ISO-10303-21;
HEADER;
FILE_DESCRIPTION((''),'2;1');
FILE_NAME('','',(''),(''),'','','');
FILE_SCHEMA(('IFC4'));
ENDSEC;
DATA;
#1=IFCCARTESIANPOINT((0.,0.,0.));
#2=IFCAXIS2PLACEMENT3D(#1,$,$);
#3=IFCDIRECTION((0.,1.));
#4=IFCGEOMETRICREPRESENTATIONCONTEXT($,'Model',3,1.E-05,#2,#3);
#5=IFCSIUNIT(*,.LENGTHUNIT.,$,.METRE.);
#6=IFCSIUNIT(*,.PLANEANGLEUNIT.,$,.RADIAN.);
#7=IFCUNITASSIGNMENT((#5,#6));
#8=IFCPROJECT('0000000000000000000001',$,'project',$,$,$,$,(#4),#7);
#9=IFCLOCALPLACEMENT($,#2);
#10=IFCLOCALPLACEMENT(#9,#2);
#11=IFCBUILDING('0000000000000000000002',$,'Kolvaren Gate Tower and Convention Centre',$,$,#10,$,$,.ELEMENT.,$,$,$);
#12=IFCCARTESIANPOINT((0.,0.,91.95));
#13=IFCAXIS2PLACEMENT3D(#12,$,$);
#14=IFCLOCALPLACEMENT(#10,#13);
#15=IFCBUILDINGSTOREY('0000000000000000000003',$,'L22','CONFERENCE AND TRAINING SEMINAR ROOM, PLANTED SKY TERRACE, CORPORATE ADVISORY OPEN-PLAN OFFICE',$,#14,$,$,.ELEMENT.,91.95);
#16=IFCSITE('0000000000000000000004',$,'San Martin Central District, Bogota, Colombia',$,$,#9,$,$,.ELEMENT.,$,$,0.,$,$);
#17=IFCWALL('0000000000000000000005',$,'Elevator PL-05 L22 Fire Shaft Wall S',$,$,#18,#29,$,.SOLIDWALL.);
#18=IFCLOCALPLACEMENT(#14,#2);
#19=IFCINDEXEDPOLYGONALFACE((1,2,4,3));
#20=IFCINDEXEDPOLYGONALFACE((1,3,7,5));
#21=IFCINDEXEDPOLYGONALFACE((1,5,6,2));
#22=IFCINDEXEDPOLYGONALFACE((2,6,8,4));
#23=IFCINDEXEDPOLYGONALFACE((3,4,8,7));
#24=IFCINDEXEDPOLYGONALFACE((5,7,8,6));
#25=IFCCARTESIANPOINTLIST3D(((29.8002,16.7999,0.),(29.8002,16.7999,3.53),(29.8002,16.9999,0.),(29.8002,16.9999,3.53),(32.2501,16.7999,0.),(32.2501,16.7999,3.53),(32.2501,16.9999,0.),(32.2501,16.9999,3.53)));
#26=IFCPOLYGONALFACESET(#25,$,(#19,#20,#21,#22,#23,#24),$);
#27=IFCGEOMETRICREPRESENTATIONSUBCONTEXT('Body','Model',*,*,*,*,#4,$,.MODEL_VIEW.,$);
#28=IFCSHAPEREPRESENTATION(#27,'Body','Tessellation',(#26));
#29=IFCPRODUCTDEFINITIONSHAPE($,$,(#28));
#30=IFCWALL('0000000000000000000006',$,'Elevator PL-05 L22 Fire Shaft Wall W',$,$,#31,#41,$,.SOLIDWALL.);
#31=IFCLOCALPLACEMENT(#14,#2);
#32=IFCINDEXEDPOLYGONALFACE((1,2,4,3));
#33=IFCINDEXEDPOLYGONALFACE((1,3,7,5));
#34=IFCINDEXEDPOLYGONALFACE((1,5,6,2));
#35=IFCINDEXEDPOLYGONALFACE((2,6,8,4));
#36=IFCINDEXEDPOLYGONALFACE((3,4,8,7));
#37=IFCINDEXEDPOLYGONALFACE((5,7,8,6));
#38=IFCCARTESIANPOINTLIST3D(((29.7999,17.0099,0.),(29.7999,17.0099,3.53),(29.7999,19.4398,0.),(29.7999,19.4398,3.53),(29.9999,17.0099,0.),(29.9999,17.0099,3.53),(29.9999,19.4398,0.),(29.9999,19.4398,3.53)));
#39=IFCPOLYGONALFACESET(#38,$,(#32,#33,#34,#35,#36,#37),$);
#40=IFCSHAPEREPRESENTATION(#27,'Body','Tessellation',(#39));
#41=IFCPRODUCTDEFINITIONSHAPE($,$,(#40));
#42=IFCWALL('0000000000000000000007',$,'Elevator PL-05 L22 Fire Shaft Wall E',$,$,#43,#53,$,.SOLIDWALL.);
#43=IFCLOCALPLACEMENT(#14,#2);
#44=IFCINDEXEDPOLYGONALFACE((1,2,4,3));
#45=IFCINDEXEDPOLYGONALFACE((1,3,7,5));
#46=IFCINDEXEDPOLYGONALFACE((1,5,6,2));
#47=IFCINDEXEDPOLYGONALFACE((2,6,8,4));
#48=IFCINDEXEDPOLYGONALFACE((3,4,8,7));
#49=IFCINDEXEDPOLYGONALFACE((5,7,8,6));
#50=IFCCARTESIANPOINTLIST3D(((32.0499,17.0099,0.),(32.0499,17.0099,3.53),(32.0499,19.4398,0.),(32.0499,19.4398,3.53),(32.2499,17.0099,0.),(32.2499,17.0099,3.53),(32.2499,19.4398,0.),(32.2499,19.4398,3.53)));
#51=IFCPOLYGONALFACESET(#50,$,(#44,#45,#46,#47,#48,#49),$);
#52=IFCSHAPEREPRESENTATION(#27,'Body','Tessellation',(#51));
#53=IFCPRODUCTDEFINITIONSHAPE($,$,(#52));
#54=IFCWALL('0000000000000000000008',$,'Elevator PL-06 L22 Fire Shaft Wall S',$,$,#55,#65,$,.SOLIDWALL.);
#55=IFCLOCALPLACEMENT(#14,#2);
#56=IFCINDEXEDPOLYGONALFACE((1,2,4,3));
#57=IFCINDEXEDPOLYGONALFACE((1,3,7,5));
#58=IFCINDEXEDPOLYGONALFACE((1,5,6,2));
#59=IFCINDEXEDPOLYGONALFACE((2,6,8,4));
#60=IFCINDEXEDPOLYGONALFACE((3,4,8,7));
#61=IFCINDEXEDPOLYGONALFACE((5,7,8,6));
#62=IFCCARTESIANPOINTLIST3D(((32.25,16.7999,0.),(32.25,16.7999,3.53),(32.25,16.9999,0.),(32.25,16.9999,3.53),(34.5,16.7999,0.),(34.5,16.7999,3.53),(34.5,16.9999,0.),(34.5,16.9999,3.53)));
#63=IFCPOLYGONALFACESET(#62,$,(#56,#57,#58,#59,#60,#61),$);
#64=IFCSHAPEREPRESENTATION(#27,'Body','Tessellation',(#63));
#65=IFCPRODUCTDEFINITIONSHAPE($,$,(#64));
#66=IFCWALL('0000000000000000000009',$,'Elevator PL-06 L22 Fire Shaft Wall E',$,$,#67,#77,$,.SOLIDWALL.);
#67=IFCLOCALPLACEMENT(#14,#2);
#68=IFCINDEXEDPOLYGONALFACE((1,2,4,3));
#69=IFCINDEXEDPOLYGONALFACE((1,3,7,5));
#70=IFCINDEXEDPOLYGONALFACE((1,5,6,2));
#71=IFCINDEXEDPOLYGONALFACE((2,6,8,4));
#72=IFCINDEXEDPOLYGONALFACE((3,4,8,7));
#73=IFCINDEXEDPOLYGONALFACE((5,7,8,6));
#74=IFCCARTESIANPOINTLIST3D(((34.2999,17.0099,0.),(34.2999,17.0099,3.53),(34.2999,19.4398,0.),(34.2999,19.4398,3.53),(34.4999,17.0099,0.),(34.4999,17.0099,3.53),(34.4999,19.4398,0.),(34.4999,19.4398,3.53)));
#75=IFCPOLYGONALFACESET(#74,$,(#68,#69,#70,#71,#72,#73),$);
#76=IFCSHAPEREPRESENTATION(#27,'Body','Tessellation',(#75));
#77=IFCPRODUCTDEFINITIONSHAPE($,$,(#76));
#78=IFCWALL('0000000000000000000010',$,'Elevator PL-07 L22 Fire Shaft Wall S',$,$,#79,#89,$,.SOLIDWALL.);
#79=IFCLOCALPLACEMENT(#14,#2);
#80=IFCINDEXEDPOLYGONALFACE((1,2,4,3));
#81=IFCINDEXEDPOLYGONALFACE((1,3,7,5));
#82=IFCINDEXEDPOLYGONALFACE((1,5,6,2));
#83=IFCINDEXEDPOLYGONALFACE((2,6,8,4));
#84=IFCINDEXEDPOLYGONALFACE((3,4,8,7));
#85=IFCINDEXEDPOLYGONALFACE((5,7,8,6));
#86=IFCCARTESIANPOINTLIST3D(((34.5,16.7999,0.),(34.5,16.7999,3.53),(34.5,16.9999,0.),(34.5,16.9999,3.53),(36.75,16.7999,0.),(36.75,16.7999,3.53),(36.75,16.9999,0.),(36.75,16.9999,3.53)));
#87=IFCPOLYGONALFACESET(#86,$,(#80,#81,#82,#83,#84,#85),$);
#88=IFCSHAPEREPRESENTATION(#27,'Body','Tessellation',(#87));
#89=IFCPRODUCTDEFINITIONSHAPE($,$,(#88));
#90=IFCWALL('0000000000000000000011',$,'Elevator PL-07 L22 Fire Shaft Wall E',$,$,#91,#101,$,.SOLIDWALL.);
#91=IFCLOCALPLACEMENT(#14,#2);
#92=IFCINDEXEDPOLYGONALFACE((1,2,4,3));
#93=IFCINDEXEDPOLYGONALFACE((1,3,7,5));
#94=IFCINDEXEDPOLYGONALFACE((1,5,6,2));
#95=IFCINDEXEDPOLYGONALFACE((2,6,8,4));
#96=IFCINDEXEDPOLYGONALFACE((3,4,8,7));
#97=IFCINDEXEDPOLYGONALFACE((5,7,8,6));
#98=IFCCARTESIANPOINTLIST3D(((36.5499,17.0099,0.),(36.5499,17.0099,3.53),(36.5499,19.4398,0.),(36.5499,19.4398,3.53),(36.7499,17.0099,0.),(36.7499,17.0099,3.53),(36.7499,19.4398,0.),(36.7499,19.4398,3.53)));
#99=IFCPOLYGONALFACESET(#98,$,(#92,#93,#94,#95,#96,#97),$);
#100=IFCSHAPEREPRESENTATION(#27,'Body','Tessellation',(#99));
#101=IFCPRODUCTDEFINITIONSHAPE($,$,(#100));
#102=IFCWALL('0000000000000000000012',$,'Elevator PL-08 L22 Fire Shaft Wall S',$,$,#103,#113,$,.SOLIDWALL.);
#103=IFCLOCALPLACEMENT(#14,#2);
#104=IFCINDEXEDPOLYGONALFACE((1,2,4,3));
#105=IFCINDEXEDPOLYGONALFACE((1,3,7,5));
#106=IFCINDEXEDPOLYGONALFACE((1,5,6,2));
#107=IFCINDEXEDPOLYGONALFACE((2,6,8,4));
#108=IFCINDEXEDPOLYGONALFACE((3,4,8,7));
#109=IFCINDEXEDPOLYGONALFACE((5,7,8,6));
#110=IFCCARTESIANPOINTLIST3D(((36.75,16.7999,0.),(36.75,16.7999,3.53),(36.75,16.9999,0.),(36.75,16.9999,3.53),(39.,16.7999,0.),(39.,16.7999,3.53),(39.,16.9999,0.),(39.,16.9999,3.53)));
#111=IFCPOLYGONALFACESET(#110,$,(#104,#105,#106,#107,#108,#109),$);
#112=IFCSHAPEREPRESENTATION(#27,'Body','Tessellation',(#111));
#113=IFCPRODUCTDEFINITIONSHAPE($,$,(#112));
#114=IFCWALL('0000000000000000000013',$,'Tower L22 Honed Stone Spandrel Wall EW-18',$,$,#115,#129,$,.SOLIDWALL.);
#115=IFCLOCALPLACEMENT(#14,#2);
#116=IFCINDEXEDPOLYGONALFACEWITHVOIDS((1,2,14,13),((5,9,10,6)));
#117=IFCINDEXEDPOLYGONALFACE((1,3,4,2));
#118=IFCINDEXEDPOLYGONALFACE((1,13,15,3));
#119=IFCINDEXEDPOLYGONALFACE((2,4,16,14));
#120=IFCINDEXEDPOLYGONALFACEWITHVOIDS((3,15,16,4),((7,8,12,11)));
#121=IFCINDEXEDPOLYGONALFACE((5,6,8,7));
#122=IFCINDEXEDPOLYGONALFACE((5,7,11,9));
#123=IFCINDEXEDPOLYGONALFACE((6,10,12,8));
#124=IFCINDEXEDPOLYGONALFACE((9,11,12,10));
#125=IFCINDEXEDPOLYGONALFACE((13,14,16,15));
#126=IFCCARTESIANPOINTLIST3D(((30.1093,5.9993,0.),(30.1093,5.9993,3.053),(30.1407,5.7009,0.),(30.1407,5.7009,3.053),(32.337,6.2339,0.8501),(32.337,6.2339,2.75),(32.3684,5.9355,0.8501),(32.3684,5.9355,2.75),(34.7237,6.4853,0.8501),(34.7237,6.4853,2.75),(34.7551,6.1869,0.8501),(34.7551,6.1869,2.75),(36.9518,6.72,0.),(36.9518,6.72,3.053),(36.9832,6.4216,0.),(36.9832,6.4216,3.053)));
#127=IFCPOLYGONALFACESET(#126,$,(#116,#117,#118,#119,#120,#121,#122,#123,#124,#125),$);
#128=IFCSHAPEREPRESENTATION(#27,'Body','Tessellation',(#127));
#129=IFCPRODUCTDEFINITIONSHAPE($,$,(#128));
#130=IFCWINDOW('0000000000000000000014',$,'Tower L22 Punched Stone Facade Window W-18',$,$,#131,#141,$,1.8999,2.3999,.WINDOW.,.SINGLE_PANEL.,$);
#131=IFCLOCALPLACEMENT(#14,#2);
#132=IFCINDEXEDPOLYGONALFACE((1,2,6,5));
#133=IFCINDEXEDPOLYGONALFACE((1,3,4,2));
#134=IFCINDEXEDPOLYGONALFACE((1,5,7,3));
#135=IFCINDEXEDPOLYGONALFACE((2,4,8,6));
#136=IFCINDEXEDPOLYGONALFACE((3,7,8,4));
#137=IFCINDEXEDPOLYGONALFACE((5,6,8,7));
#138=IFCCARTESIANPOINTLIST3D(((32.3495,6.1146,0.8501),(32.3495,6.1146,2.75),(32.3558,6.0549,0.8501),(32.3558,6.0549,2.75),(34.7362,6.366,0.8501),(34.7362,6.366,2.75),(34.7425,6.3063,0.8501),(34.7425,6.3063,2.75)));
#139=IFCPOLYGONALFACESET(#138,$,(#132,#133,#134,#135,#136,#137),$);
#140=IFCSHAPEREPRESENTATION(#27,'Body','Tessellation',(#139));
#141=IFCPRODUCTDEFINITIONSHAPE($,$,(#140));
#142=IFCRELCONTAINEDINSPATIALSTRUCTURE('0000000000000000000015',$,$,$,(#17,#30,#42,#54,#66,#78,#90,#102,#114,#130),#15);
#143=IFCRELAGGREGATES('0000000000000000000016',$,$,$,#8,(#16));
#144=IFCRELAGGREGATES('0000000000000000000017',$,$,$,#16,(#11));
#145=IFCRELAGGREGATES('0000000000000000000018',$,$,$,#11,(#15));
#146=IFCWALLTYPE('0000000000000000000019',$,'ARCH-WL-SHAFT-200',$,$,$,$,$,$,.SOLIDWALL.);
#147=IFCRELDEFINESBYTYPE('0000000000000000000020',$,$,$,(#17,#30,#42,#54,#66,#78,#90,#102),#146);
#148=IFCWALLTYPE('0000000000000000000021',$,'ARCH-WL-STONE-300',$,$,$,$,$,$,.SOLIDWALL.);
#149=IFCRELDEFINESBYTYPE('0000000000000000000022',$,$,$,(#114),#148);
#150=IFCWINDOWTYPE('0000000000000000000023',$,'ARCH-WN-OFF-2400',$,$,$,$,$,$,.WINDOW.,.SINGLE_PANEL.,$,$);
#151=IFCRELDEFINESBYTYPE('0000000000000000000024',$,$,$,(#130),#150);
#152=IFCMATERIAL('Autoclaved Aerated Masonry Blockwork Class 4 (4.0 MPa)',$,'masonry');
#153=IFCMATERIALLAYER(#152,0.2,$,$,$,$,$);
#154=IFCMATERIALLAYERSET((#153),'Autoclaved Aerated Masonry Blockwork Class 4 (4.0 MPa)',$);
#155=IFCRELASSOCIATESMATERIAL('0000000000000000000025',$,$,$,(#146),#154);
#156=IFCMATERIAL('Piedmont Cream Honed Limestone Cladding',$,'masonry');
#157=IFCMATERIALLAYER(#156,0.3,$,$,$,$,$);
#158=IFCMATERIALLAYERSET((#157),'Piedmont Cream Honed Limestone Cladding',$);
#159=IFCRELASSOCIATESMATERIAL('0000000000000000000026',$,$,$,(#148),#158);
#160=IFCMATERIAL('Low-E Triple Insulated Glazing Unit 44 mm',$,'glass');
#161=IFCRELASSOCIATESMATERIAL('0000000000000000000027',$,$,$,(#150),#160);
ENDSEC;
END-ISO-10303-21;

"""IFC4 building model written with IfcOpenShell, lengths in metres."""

from ifc_helpers import new_model, si_unit, direction, frame, frame_2d, origin, place, context, subcontext, project, spatial, rectangle, extrude, material, layer, layer_set, type_object, element, fill, save


model = new_model("IFC4")

# Units and contexts
model_context = context("Model", 3, precision=1e-05, world=origin(), true_north=direction((0.0, 1.0)))
body_context = subcontext(model_context, "Body", "Model", "MODEL_VIEW")
ifc_project = project(units=[si_unit("LENGTHUNIT", "METRE"), si_unit("PLANEANGLEUNIT", "RADIAN")], contexts=[model_context])

# Site, building, storey
site_placement = place(None, origin())
site = spatial("IfcSite", under=ifc_project, at=site_placement, Name="San Martin Central District, Bogota, Colombia", CompositionType="ELEMENT", RefElevation=0.0)
building_placement = place(site_placement, origin())
building = spatial("IfcBuilding", under=site, at=building_placement, Name="Kolvaren Gate Tower and Convention Centre", CompositionType="ELEMENT")
storey_placement = place(building_placement, frame((0.0, 0.0, 91.95)))
storey = spatial("IfcBuildingStorey", under=building, at=storey_placement, Name="L22", Description="CONFERENCE AND TRAINING SEMINAR ROOM, PLANTED SKY TERRACE, CORPORATE ADVISORY OPEN-PLAN OFFICE", CompositionType="ELEMENT", Elevation=91.95)

# Walls
ifc_material_1 = material(Name="Autoclaved Aerated Masonry Blockwork Class 4 (4.0 MPa)", Category="masonry")
ifc_layer_1 = layer(ifc_material_1, 0.2)
ifc_layer_set_1 = layer_set([ifc_layer_1], Name="Autoclaved Aerated Masonry Blockwork Class 4 (4.0 MPa)")
wall_type_1 = type_object("IfcWallType", Name="ARCH-WL-SHAFT-200", PredefinedType="SOLIDWALL", material=ifc_layer_set_1)
wall_1_placement = place(storey_placement, frame((29.8, 16.8999, 0.0), z_axis=(0.0, 0.0, 1.0), x_axis=(1.0, 0.0, 0.0)))
element("IfcWall", 1, at=wall_1_placement, inside=storey, type_object=wall_type_1, Name="Elevator PL-05 L22 Fire Shaft Wall S", PredefinedType="SOLIDWALL", context=body_context, shape_type="SweptSolid", body=[
    extrude(rectangle(XDim=2.45, YDim=0.2, at=frame_2d((1.2251, 0.0))), origin(), (0.0, 0.0, 1.0), 3.53),
])
for number, where, z_axis, x_axis, name in (
    (2, (29.8999, 17.01, 0.0), (0.0, 0.0, 1.0), (0.0, 1.0, 0.0), "Elevator PL-05 L22 Fire Shaft Wall W"),
    (3, (32.1499, 17.01, 0.0), (0.0, 0.0, 1.0), (0.0, 1.0, 0.0), "Elevator PL-05 L22 Fire Shaft Wall E"),
):
    element("IfcWall", number, at=place(storey_placement, frame(where, z_axis=z_axis, x_axis=x_axis)), inside=storey, type_object=wall_type_1, Name=name, PredefinedType="SOLIDWALL", context=body_context, shape_type="SweptSolid", body=[
        extrude(rectangle(XDim=2.4299, YDim=0.2, at=frame_2d((1.2148, 0.0))), origin(), (0.0, 0.0, 1.0), 3.53),
    ])
wall_2_placement = place(storey_placement, frame((32.25, 16.8999, 0.0), z_axis=(0.0, 0.0, 1.0), x_axis=(1.0, 0.0, 0.0)))
element("IfcWall", 4, at=wall_2_placement, inside=storey, type_object=wall_type_1, Name="Elevator PL-06 L22 Fire Shaft Wall S", PredefinedType="SOLIDWALL", context=body_context, shape_type="SweptSolid", body=[
    extrude(rectangle(XDim=2.25, YDim=0.2, at=frame_2d((1.125, 0.0))), origin(), (0.0, 0.0, 1.0), 3.53),
])
wall_3_placement = place(storey_placement, frame((34.3999, 17.01, 0.0), z_axis=(0.0, 0.0, 1.0), x_axis=(0.0, 1.0, 0.0)))
element("IfcWall", 5, at=wall_3_placement, inside=storey, type_object=wall_type_1, Name="Elevator PL-06 L22 Fire Shaft Wall E", PredefinedType="SOLIDWALL", context=body_context, shape_type="SweptSolid", body=[
    extrude(rectangle(XDim=2.4299, YDim=0.2, at=frame_2d((1.2148, 0.0))), origin(), (0.0, 0.0, 1.0), 3.53),
])
wall_4_placement = place(storey_placement, frame((34.5, 16.8999, 0.0), z_axis=(0.0, 0.0, 1.0), x_axis=(1.0, 0.0, 0.0)))
element("IfcWall", 6, at=wall_4_placement, inside=storey, type_object=wall_type_1, Name="Elevator PL-07 L22 Fire Shaft Wall S", PredefinedType="SOLIDWALL", context=body_context, shape_type="SweptSolid", body=[
    extrude(rectangle(XDim=2.25, YDim=0.2, at=frame_2d((1.125, 0.0))), origin(), (0.0, 0.0, 1.0), 3.53),
])
wall_5_placement = place(storey_placement, frame((36.6499, 17.01, 0.0), z_axis=(0.0, 0.0, 1.0), x_axis=(0.0, 1.0, 0.0)))
element("IfcWall", 7, at=wall_5_placement, inside=storey, type_object=wall_type_1, Name="Elevator PL-07 L22 Fire Shaft Wall E", PredefinedType="SOLIDWALL", context=body_context, shape_type="SweptSolid", body=[
    extrude(rectangle(XDim=2.4299, YDim=0.2, at=frame_2d((1.2148, 0.0))), origin(), (0.0, 0.0, 1.0), 3.53),
])
wall_6_placement = place(storey_placement, frame((36.75, 16.8999, 0.0), z_axis=(0.0, 0.0, 1.0), x_axis=(1.0, 0.0, 0.0)))
element("IfcWall", 8, at=wall_6_placement, inside=storey, type_object=wall_type_1, Name="Elevator PL-08 L22 Fire Shaft Wall S", PredefinedType="SOLIDWALL", context=body_context, shape_type="SweptSolid", body=[
    extrude(rectangle(XDim=2.25, YDim=0.2, at=frame_2d((1.125, 0.0))), origin(), (0.0, 0.0, 1.0), 3.53),
])

# Wall, opening, window
ifc_material_2 = material(Name="Piedmont Cream Honed Limestone Cladding", Category="masonry")
ifc_layer_2 = layer(ifc_material_2, 0.3)
ifc_layer_set_2 = layer_set([ifc_layer_2], Name="Piedmont Cream Honed Limestone Cladding")
wall_type_2 = type_object("IfcWallType", Name="ARCH-WL-STONE-300", PredefinedType="SOLIDWALL", material=ifc_layer_set_2)
wall_7_placement = place(storey_placement, frame((30.125, 5.8501, 0.0), z_axis=(0.0, 0.0, 1.0), x_axis=(0.994499, 0.104748, 0.0)))
wall_7 = element("IfcWall", 9, at=wall_7_placement, inside=storey, type_object=wall_type_2, Name="Tower L22 Honed Stone Spandrel Wall EW-18", PredefinedType="SOLIDWALL", context=body_context, shape_type="SweptSolid", body=[
    extrude(rectangle(XDim=6.8804, YDim=0.3, at=frame_2d((3.4402, 0.0))), origin(), (0.0, 0.0, 1.0), 3.053),
])
opening_placement = place(wall_7_placement, frame((2.24, 0.0, 0.8501)))
opening = element("IfcOpeningElement", 10, at=opening_placement, cuts=wall_7, PredefinedType="OPENING", context=body_context, shape_type="SweptSolid", body=[
    extrude(rectangle(XDim=2.3999, YDim=1.8999, at=frame_2d((1.2, 0.95))), frame((0.0, 0.1599, 0.0), z_axis=(0.0, -1.0, 0.0), x_axis=(1.0, 0.0, 0.0)), (0.0, 0.0, 1.0), 0.3201),
])
ifc_material_3 = material(Name="Low-E Triple Insulated Glazing Unit 44 mm", Category="glass")
window_type = type_object("IfcWindowType", Name="ARCH-WN-OFF-2400", PartitioningType="SINGLE_PANEL", PredefinedType="WINDOW", material=ifc_material_3)
window_placement = place(opening_placement, origin())
window = element("IfcWindow", 11, at=window_placement, inside=storey, type_object=window_type, Name="Tower L22 Punched Stone Facade Window W-18", OverallHeight=1.8999, OverallWidth=2.3999, PartitioningType="SINGLE_PANEL", PredefinedType="WINDOW", context=body_context, shape_type="SweptSolid", body=[
    extrude(rectangle(XDim=2.3999, YDim=1.8999, at=frame_2d((1.2, 0.95))), frame((0.0, 0.03, 0.0), z_axis=(0.0, -1.0, 0.0), x_axis=(1.0, 0.0, 0.0)), (0.0, 0.0, 1.0), 0.0601),
])
fill(opening, window)

save(model, "model.ifc")
